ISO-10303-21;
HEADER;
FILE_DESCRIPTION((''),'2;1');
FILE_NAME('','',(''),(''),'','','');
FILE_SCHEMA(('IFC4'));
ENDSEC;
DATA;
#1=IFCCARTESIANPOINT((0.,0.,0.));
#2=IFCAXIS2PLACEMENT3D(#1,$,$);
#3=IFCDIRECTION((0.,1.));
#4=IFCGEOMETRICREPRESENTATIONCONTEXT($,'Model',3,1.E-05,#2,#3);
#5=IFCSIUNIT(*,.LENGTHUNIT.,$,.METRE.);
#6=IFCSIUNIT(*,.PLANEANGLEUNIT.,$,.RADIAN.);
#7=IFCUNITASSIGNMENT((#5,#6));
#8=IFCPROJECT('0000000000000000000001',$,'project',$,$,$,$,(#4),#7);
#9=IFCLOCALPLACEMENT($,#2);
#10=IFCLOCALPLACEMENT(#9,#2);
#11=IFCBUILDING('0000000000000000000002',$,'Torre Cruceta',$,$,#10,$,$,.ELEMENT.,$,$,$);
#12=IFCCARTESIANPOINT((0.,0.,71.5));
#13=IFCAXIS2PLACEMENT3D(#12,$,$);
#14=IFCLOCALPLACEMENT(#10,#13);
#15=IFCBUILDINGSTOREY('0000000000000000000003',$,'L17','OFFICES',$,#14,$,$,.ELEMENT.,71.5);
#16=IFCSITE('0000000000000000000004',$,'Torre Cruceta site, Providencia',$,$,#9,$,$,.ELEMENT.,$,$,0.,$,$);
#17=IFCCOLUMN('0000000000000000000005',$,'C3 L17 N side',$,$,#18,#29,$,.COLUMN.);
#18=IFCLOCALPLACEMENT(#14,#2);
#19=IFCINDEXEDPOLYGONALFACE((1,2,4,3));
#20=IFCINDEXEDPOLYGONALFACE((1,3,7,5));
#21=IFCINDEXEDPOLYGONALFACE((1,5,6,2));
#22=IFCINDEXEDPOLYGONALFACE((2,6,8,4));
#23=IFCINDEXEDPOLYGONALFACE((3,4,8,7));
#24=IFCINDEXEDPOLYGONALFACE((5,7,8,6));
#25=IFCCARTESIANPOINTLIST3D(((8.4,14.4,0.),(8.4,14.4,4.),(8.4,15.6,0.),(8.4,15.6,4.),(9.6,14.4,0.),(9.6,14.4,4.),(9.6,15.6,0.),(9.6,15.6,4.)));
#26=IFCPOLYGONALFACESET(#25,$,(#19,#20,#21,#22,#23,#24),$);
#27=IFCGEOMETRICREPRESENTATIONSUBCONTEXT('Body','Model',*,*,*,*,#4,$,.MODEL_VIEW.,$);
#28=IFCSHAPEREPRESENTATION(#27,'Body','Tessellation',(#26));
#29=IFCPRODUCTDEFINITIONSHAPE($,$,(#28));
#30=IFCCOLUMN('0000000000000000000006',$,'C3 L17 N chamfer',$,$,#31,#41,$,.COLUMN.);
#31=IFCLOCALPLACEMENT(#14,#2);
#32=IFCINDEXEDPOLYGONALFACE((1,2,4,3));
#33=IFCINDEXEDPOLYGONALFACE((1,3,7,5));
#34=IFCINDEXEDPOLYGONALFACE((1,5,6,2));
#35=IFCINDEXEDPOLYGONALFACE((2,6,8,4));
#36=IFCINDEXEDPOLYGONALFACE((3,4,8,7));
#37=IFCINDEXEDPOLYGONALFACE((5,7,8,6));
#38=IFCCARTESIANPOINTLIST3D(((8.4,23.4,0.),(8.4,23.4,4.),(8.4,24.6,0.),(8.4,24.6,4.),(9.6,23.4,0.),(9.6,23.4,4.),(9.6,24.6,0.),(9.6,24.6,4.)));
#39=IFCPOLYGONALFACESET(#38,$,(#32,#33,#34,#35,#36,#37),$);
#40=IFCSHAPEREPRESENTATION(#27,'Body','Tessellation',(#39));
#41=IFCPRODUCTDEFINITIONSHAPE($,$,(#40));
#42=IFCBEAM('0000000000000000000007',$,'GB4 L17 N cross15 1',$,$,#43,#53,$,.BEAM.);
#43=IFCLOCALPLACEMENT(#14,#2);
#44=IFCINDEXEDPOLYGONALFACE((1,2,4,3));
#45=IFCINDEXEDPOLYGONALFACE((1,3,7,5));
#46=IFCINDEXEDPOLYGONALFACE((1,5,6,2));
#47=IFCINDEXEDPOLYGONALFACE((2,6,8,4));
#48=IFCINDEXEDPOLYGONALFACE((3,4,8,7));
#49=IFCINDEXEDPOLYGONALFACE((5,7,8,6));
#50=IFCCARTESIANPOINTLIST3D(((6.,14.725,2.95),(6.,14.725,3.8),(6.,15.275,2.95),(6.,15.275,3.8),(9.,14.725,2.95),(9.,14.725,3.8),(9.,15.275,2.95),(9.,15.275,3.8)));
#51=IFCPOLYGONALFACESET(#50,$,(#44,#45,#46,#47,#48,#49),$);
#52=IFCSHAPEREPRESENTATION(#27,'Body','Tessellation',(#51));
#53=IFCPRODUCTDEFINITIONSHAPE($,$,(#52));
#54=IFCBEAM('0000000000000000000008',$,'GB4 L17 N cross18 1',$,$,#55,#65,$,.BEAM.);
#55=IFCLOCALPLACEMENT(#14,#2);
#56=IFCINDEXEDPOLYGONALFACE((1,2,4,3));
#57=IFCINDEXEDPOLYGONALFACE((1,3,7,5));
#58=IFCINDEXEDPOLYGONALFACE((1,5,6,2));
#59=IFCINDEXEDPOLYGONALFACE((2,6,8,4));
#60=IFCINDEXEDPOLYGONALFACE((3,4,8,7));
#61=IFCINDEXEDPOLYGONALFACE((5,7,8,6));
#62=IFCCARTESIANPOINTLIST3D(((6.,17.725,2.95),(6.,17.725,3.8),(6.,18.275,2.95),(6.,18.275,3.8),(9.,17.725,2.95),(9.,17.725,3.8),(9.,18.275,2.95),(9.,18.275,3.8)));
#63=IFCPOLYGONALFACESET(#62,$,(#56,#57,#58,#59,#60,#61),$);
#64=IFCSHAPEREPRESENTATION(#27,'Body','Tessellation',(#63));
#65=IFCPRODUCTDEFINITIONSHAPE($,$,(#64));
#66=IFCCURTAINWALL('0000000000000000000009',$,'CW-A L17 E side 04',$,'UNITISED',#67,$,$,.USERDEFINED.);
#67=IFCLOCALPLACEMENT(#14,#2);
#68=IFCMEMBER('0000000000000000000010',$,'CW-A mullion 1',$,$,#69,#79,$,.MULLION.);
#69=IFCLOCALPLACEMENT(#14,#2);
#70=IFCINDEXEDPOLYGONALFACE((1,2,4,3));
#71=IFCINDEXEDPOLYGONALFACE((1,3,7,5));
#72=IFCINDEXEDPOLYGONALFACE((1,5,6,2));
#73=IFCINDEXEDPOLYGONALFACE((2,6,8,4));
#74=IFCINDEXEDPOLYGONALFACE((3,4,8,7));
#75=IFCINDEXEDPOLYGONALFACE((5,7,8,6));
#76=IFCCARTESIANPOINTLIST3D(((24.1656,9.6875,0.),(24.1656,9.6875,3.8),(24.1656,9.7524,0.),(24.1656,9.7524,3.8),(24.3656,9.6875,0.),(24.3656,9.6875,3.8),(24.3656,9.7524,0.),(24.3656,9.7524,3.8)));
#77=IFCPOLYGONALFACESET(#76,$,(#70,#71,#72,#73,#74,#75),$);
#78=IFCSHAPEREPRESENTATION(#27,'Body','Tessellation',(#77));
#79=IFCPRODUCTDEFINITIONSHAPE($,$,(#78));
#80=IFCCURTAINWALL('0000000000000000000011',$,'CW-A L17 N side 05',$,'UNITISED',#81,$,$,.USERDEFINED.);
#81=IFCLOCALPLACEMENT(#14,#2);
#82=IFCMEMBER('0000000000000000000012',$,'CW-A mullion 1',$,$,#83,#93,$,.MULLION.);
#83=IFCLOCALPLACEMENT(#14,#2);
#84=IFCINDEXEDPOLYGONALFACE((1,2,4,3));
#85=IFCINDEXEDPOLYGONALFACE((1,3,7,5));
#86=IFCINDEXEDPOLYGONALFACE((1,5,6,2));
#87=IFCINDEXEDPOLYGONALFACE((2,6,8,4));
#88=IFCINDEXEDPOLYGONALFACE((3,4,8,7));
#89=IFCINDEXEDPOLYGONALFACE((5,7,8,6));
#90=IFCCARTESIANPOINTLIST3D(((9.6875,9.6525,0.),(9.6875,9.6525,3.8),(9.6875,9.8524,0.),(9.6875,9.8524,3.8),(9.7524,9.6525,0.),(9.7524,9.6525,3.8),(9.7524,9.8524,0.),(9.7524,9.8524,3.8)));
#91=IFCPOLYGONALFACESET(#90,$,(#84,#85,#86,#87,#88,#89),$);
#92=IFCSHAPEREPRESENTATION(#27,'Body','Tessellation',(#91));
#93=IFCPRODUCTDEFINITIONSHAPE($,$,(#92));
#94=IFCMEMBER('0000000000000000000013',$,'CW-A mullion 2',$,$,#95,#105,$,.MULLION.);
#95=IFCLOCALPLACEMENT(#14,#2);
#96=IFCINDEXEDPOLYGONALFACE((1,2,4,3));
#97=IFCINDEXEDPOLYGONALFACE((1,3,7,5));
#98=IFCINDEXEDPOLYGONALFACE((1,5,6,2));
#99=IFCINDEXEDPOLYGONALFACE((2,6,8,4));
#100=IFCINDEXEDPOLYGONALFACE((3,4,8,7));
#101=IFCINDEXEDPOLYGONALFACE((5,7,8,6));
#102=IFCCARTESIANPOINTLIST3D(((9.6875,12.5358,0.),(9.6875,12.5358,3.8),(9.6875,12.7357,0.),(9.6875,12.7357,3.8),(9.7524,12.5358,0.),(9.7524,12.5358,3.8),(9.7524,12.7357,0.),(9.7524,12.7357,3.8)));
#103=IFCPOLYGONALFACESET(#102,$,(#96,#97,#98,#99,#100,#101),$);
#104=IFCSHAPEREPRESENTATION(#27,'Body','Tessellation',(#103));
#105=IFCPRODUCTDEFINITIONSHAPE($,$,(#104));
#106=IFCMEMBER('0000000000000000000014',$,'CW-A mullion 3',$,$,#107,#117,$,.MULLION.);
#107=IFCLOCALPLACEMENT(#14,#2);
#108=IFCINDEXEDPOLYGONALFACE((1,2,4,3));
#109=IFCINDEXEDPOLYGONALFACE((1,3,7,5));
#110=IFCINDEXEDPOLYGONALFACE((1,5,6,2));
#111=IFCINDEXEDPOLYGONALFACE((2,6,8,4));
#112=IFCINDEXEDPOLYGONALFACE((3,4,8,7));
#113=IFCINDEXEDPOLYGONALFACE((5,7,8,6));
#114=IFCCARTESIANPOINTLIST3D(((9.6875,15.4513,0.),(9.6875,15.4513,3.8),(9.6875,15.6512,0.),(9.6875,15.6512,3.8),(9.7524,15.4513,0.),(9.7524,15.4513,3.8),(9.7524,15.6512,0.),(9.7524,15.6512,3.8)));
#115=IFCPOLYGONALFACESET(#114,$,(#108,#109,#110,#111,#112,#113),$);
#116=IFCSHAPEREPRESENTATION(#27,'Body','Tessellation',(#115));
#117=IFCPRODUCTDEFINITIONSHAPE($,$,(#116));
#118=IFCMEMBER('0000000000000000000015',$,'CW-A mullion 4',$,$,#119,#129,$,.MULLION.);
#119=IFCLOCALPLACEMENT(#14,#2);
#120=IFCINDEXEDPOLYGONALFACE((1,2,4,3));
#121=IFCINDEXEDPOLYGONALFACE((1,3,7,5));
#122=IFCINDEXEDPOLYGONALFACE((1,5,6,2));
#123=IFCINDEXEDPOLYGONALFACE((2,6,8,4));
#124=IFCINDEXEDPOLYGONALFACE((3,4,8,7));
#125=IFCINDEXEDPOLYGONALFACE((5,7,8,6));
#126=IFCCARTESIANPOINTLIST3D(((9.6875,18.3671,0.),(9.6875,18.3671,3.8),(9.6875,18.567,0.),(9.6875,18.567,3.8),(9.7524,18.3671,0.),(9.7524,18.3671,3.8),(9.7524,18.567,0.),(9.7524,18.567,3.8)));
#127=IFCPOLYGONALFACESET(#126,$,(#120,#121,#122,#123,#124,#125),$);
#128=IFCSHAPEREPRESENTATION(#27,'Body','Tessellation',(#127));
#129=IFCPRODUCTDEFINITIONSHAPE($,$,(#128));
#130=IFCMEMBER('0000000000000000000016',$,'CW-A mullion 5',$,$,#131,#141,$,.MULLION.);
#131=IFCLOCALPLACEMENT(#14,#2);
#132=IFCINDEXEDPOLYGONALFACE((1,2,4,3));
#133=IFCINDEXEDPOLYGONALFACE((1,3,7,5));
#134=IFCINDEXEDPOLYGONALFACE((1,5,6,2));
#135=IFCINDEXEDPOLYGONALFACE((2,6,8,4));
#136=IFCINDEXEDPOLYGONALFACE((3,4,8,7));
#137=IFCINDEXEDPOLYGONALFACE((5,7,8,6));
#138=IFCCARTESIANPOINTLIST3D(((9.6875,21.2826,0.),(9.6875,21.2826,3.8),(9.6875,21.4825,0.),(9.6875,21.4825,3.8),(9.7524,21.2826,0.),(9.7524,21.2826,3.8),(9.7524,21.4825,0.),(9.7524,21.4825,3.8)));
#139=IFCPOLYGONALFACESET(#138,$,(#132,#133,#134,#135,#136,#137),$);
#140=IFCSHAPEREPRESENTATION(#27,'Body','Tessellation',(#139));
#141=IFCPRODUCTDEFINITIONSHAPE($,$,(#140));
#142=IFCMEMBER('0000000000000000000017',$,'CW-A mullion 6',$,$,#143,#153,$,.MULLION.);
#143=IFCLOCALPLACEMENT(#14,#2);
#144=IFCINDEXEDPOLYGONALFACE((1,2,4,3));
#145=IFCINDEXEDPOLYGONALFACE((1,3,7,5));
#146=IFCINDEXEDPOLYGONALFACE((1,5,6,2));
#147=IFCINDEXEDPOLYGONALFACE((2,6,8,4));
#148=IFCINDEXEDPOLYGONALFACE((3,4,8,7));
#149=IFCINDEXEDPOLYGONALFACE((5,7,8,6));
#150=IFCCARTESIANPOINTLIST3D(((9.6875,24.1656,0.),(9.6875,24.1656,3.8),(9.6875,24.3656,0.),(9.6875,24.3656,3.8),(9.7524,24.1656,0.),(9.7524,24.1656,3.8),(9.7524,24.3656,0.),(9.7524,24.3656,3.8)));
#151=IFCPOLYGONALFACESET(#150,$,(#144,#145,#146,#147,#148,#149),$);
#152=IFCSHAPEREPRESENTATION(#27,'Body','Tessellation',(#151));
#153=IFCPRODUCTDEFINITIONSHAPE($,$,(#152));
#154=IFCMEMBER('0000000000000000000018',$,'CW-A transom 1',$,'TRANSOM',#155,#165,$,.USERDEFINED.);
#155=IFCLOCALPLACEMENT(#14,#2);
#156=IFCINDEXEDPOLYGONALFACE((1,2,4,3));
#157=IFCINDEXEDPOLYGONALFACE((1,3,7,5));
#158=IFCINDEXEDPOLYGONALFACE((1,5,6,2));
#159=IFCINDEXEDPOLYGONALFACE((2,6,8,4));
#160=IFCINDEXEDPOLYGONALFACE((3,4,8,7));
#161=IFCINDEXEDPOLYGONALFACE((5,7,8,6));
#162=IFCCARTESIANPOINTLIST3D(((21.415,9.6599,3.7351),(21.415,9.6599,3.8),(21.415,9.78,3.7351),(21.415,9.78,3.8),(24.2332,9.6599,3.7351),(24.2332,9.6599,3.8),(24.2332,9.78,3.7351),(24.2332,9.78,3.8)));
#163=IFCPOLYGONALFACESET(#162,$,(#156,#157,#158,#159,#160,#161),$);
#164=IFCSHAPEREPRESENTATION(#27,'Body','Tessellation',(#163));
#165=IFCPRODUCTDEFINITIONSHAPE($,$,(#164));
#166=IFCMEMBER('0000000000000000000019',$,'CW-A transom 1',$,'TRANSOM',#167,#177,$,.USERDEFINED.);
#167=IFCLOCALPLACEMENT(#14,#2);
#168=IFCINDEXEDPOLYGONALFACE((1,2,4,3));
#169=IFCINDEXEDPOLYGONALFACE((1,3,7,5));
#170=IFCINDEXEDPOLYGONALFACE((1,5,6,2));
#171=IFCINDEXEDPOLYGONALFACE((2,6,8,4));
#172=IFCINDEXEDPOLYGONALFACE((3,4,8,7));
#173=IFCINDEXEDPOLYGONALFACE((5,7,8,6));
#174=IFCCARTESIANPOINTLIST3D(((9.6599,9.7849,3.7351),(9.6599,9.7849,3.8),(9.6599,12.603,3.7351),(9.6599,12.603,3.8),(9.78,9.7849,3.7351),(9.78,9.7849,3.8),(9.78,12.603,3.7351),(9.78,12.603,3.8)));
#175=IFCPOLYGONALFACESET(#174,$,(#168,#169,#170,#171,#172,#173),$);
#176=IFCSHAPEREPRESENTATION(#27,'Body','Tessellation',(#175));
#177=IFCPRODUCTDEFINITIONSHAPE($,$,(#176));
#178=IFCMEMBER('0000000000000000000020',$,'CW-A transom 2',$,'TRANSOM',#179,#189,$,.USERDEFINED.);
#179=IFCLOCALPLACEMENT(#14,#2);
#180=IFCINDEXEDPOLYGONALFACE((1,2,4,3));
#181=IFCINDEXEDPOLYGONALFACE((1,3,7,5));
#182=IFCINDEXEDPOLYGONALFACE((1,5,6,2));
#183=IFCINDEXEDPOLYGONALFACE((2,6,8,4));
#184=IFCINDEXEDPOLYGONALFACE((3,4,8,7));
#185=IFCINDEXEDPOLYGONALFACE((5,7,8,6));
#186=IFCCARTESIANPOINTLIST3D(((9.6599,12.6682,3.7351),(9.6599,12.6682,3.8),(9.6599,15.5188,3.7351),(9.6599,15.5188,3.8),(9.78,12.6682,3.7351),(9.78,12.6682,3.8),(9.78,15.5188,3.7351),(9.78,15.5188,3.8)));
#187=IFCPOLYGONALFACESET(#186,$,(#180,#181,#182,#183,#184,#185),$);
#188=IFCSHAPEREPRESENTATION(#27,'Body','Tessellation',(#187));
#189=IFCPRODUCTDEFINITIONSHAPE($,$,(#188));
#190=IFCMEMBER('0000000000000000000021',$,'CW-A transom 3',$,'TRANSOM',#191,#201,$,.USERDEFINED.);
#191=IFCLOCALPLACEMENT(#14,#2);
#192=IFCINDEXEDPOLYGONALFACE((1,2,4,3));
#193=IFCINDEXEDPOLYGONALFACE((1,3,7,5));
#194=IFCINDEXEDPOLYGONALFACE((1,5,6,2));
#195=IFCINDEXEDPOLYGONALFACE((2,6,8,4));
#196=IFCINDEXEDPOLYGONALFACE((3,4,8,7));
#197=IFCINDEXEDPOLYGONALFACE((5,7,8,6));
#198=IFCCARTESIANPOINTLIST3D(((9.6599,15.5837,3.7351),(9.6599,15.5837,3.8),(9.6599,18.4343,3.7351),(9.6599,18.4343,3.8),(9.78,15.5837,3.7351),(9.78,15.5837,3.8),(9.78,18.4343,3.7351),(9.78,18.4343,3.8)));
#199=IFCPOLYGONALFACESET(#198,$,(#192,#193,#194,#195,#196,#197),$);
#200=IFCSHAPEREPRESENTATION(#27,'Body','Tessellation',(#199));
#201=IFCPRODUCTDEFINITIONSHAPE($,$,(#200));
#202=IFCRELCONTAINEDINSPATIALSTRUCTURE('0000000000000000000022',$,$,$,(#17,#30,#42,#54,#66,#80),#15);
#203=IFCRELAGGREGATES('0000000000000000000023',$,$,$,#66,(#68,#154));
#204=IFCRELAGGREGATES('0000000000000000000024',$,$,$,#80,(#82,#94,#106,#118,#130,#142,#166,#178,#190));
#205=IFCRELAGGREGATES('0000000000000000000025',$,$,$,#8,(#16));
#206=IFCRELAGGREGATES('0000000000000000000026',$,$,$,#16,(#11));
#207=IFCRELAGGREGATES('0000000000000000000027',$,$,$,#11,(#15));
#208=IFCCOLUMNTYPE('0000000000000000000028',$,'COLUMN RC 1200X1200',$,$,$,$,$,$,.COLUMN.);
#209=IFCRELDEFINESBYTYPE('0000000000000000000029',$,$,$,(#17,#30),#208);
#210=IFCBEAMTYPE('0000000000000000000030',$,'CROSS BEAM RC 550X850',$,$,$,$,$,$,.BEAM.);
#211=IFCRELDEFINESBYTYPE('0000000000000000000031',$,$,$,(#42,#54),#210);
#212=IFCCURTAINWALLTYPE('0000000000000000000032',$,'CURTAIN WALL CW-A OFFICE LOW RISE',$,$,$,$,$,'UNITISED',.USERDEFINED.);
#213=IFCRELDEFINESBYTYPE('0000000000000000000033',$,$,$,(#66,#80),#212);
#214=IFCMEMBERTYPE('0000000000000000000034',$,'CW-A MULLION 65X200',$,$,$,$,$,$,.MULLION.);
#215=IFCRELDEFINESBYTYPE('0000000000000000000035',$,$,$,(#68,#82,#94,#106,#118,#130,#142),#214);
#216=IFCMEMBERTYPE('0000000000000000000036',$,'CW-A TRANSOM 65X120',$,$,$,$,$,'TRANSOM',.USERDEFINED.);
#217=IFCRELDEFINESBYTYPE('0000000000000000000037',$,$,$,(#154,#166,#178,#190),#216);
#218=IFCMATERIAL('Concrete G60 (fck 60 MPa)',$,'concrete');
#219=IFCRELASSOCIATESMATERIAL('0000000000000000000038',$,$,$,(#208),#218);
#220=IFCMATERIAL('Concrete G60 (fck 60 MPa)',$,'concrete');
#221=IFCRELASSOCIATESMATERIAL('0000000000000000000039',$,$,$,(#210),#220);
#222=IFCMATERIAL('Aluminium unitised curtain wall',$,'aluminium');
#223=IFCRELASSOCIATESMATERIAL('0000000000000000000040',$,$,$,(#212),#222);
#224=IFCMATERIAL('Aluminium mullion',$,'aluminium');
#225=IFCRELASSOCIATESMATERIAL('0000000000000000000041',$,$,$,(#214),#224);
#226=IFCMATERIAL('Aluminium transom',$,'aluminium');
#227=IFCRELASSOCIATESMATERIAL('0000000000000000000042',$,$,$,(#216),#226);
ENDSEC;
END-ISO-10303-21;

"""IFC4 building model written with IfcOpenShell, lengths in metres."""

from ifc_helpers import new_model, si_unit, direction, frame, origin, origin_2d, place, context, subcontext, project, spatial, rectangle, extrude, material, material_profile, profile_set, type_object, element, aggregate, save


model = new_model("IFC4")

# Units and contexts
model_context = context("Model", 3, precision=1e-05, world=origin(), true_north=direction((0.0, 1.0)))
body_context = subcontext(model_context, "Body", "Model", "MODEL_VIEW")
ifc_project = project(units=[si_unit("LENGTHUNIT", "METRE"), si_unit("PLANEANGLEUNIT", "RADIAN")], contexts=[model_context])

# Site, building, storey
site_placement = place(None, origin())
site = spatial("IfcSite", under=ifc_project, at=site_placement, Name="Torre Cruceta site, Providencia", CompositionType="ELEMENT", RefElevation=0.0)
building_placement = place(site_placement, origin())
building = spatial("IfcBuilding", under=site, at=building_placement, Name="Torre Cruceta", CompositionType="ELEMENT")
storey_placement = place(building_placement, frame((0.0, 0.0, 71.5)))
storey = spatial("IfcBuildingStorey", under=building, at=storey_placement, Name="L17", Description="OFFICES", CompositionType="ELEMENT", Elevation=71.5)

# Columns
ifc_material_1 = material(Name="Concrete G60 (fck 60 MPa)", Category="concrete")
ifc_material_profile_1 = material_profile(ifc_material_1, rectangle(XDim=1.2, YDim=1.2, at=origin_2d()), Name="RC 1200X1200")
ifc_profile_set_1 = profile_set([ifc_material_profile_1], Name="Concrete G60 (fck 60 MPa)")
column_type = type_object("IfcColumnType", Name="COLUMN RC 1200X1200", PredefinedType="COLUMN", material=ifc_profile_set_1)
for number, where, z_axis, x_axis, name in (
    (1, (9.0, 15.0, 0.0), (0.0, 0.0, 1.0), (1.0, 0.0, 0.0), "C3 L17 N side"),
    (2, (9.0, 24.0, 0.0), (0.0, 0.0, 1.0), (1.0, 0.0, 0.0), "C3 L17 N chamfer"),
):
    element("IfcColumn", number, at=place(storey_placement, frame(where, z_axis=z_axis, x_axis=x_axis)), inside=storey, type_object=column_type, Name=name, PredefinedType="COLUMN", context=body_context, shape_type="SweptSolid", body=[
        extrude(rectangle(XDim=1.2, YDim=1.2, at=origin_2d()), origin(), (0.0, 0.0, 1.0), 4.0),
    ])

# Beams
ifc_material_2 = material(Name="Concrete G60 (fck 60 MPa)", Category="concrete")
ifc_material_profile_2 = material_profile(ifc_material_2, rectangle(XDim=0.55, YDim=0.8501, at=origin_2d()), Name="RC 550X850")
ifc_profile_set_2 = profile_set([ifc_material_profile_2], Name="Concrete G60 (fck 60 MPa)")
beam_type_1 = type_object("IfcBeamType", Name="CROSS BEAM RC 550X850", PredefinedType="BEAM", material=ifc_profile_set_2)
for number, where, z_axis, x_axis, name in (
    (3, (9.0, 15.0, 3.375), (-1.0, 0.0, 0.0), (0.0, -1.0, 0.0), "GB4 L17 N cross15 1"),
    (4, (9.0, 18.0, 3.375), (-1.0, 0.0, 0.0), (0.0, -1.0, 0.0), "GB4 L17 N cross18 1"),
):
    element("IfcBeam", number, at=place(storey_placement, frame(where, z_axis=z_axis, x_axis=x_axis)), inside=storey, type_object=beam_type_1, Name=name, PredefinedType="BEAM", context=body_context, shape_type="SweptSolid", body=[
        extrude(rectangle(XDim=0.55, YDim=0.8501, at=origin_2d()), origin(), (0.0, 0.0, 1.0), 3.0),
    ])

# Curtain wall, member
ifc_material_3 = material(Name="Aluminium unitised curtain wall", Category="aluminium")
curtain_wall_type = type_object("IfcCurtainWallType", Name="CURTAIN WALL CW-A OFFICE LOW RISE", ElementType="UNITISED", PredefinedType="USERDEFINED", material=ifc_material_3)
curtain_wall_1_placement = place(storey_placement, origin())
curtain_wall_1 = element("IfcCurtainWall", 5, at=curtain_wall_1_placement, inside=storey, type_object=curtain_wall_type, Name="CW-A L17 E side 04", ObjectType="UNITISED", PredefinedType="USERDEFINED")
ifc_material_4 = material(Name="Aluminium mullion", Category="aluminium")
ifc_material_profile_3 = material_profile(ifc_material_4, rectangle(XDim=0.0649, YDim=0.2, at=origin_2d()), Name="AL 65X200")
ifc_profile_set_3 = profile_set([ifc_material_profile_3], Name="Aluminium mullion")
member_type_1 = type_object("IfcMemberType", Name="CW-A MULLION 65X200", PredefinedType="MULLION", material=ifc_profile_set_3)
member_1_placement = place(storey_placement, frame((24.2656, 9.72, 0.0), z_axis=(0.0, 0.0, 1.0), x_axis=(0.0, -1.0, 0.0)))
member_1 = element("IfcMember", 6, at=member_1_placement, type_object=member_type_1, Name="CW-A mullion 1", PredefinedType="MULLION", context=body_context, shape_type="SweptSolid", body=[
    extrude(rectangle(XDim=0.0649, YDim=0.2, at=origin_2d()), origin(), (0.0, 0.0, 1.0), 3.8),
])

# Curtain wall, members
curtain_wall_2_placement = place(storey_placement, origin())
curtain_wall_2 = element("IfcCurtainWall", 7, at=curtain_wall_2_placement, inside=storey, type_object=curtain_wall_type, Name="CW-A L17 N side 05", ObjectType="UNITISED", PredefinedType="USERDEFINED")
member_2_placement = place(storey_placement, frame((9.72, 9.7524, 0.0), z_axis=(0.0, 0.0, 1.0), x_axis=(-1.0, 0.0, 0.0)))
member_2 = element("IfcMember", 8, at=member_2_placement, type_object=member_type_1, Name="CW-A mullion 1", PredefinedType="MULLION", context=body_context, shape_type="SweptSolid", body=[
    extrude(rectangle(XDim=0.0649, YDim=0.2, at=origin_2d()), origin(), (0.0, 0.0, 1.0), 3.8),
])
member_3_placement = place(storey_placement, frame((9.72, 12.6357, 0.0), z_axis=(0.0, 0.0, 1.0), x_axis=(-1.0, 0.0, 0.0)))
member_3 = element("IfcMember", 9, at=member_3_placement, type_object=member_type_1, Name="CW-A mullion 2", PredefinedType="MULLION", context=body_context, shape_type="SweptSolid", body=[
    extrude(rectangle(XDim=0.0649, YDim=0.2, at=origin_2d()), origin(), (0.0, 0.0, 1.0), 3.8),
])
member_4_placement = place(storey_placement, frame((9.72, 15.5513, 0.0), z_axis=(0.0, 0.0, 1.0), x_axis=(-1.0, 0.0, 0.0)))
member_4 = element("IfcMember", 10, at=member_4_placement, type_object=member_type_1, Name="CW-A mullion 3", PredefinedType="MULLION", context=body_context, shape_type="SweptSolid", body=[
    extrude(rectangle(XDim=0.0649, YDim=0.2, at=origin_2d()), origin(), (0.0, 0.0, 1.0), 3.8),
])
member_5_placement = place(storey_placement, frame((9.72, 18.467, 0.0), z_axis=(0.0, 0.0, 1.0), x_axis=(-1.0, 0.0, 0.0)))
member_5 = element("IfcMember", 11, at=member_5_placement, type_object=member_type_1, Name="CW-A mullion 4", PredefinedType="MULLION", context=body_context, shape_type="SweptSolid", body=[
    extrude(rectangle(XDim=0.0649, YDim=0.2, at=origin_2d()), origin(), (0.0, 0.0, 1.0), 3.8),
])
member_6_placement = place(storey_placement, frame((9.72, 21.3826, 0.0), z_axis=(0.0, 0.0, 1.0), x_axis=(-1.0, 0.0, 0.0)))
member_6 = element("IfcMember", 12, at=member_6_placement, type_object=member_type_1, Name="CW-A mullion 5", PredefinedType="MULLION", context=body_context, shape_type="SweptSolid", body=[
    extrude(rectangle(XDim=0.0649, YDim=0.2, at=origin_2d()), origin(), (0.0, 0.0, 1.0), 3.8),
])
member_7_placement = place(storey_placement, frame((9.72, 24.2656, 0.0), z_axis=(0.0, 0.0, 1.0), x_axis=(-1.0, 0.0, 0.0)))
member_7 = element("IfcMember", 13, at=member_7_placement, type_object=member_type_1, Name="CW-A mullion 6", PredefinedType="MULLION", context=body_context, shape_type="SweptSolid", body=[
    extrude(rectangle(XDim=0.0649, YDim=0.2, at=origin_2d()), origin(), (0.0, 0.0, 1.0), 3.8),
])

# Members
ifc_material_5 = material(Name="Aluminium transom", Category="aluminium")
ifc_material_profile_4 = material_profile(ifc_material_5, rectangle(XDim=0.1201, YDim=0.0649, at=origin_2d()), Name="AL 120X65")
ifc_profile_set_4 = profile_set([ifc_material_profile_4], Name="Aluminium transom")
member_type_2 = type_object("IfcMemberType", Name="CW-A TRANSOM 65X120", ElementType="TRANSOM", PredefinedType="USERDEFINED", material=ifc_profile_set_4)
member_8_placement = place(storey_placement, frame((24.2332, 9.72, 3.7676), z_axis=(-1.0, 0.0, 0.0), x_axis=(0.0, -1.0, 0.0)))
member_8 = element("IfcMember", 14, at=member_8_placement, type_object=member_type_2, Name="CW-A transom 1", ObjectType="TRANSOM", PredefinedType="USERDEFINED", context=body_context, shape_type="SweptSolid", body=[
    extrude(rectangle(XDim=0.1201, YDim=0.0649, at=origin_2d()), origin(), (0.0, 0.0, 1.0), 2.8181),
])
aggregate(curtain_wall_1, [member_1, member_8])
member_9_placement = place(storey_placement, frame((9.72, 9.7849, 3.7676), z_axis=(0.0, 1.0, 0.0), x_axis=(-1.0, 0.0, 0.0)))
member_9 = element("IfcMember", 15, at=member_9_placement, type_object=member_type_2, Name="CW-A transom 1", ObjectType="TRANSOM", PredefinedType="USERDEFINED", context=body_context, shape_type="SweptSolid", body=[
    extrude(rectangle(XDim=0.1201, YDim=0.0649, at=origin_2d()), origin(), (0.0, 0.0, 1.0), 2.8181),
])
member_10_placement = place(storey_placement, frame((9.72, 12.6682, 3.7676), z_axis=(0.0, 1.0, 0.0), x_axis=(-1.0, 0.0, 0.0)))
member_10 = element("IfcMember", 16, at=member_10_placement, type_object=member_type_2, Name="CW-A transom 2", ObjectType="TRANSOM", PredefinedType="USERDEFINED", context=body_context, shape_type="SweptSolid", body=[
    extrude(rectangle(XDim=0.1201, YDim=0.0649, at=origin_2d()), origin(), (0.0, 0.0, 1.0), 2.8506),
])
member_11_placement = place(storey_placement, frame((9.72, 15.5837, 3.7676), z_axis=(0.0, 1.0, 0.0), x_axis=(-1.0, 0.0, 0.0)))
member_11 = element("IfcMember", 17, at=member_11_placement, type_object=member_type_2, Name="CW-A transom 3", ObjectType="TRANSOM", PredefinedType="USERDEFINED", context=body_context, shape_type="SweptSolid", body=[
    extrude(rectangle(XDim=0.1201, YDim=0.0649, at=origin_2d()), origin(), (0.0, 0.0, 1.0), 2.8506),
])

aggregate(curtain_wall_2, [member_2, member_3, member_4, member_5, member_6, member_7, member_9, member_10, member_11])

save(model, "model.ifc")
